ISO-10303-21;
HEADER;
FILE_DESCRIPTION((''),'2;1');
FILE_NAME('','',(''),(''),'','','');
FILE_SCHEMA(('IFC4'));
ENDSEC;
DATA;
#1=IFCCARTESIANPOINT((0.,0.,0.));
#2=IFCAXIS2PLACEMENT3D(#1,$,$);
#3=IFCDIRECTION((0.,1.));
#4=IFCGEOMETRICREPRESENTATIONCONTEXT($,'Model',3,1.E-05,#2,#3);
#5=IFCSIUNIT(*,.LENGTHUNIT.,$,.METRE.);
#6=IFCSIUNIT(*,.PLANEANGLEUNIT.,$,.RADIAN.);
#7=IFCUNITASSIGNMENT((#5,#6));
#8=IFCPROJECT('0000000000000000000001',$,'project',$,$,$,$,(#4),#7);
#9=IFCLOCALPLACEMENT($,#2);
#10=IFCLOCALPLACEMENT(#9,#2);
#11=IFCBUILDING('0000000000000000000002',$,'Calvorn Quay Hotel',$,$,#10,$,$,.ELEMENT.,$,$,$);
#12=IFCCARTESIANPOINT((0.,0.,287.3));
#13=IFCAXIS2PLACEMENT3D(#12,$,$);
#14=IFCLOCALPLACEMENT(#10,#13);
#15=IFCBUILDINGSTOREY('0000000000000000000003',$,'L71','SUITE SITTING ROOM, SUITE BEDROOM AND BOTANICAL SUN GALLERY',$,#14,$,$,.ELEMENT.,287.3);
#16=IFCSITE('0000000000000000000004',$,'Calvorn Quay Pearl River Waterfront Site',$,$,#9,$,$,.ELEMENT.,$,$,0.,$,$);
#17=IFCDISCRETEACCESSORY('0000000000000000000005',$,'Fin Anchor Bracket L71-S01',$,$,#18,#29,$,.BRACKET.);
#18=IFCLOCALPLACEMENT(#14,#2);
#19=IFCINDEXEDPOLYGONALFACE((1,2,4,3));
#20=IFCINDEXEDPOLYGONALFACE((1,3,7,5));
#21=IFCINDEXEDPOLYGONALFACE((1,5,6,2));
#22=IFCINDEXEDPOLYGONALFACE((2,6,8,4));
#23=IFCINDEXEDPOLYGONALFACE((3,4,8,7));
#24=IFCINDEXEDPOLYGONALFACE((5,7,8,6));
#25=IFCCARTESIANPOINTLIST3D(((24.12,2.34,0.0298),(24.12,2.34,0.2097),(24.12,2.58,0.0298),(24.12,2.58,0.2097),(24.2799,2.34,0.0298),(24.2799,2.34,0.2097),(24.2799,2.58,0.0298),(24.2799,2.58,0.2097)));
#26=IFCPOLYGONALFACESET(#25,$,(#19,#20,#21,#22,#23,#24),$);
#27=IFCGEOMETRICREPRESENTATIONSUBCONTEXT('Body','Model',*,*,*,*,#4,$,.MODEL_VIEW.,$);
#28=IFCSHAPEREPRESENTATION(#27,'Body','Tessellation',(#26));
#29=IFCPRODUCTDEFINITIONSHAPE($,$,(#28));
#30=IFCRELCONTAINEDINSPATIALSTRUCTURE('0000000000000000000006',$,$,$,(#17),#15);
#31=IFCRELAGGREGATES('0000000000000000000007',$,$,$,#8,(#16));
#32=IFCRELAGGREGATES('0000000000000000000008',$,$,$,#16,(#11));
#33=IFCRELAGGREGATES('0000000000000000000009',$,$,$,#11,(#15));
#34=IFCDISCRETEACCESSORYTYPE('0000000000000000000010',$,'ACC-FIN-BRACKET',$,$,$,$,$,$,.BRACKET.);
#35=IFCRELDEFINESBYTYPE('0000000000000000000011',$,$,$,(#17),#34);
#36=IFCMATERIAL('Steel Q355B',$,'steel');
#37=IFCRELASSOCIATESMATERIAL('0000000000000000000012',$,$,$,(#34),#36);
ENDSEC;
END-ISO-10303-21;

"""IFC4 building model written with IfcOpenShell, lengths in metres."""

from ifc_helpers import new_model, si_unit, direction, frame, origin, origin_2d, place, context, subcontext, project, spatial, rectangle, extrude, material, type_object, element, save


model = new_model("IFC4")

# Units and contexts
model_context = context("Model", 3, precision=1e-05, world=origin(), true_north=direction((0.0, 1.0)))
body_context = subcontext(model_context, "Body", "Model", "MODEL_VIEW")
ifc_project = project(units=[si_unit("LENGTHUNIT", "METRE"), si_unit("PLANEANGLEUNIT", "RADIAN")], contexts=[model_context])

# Site, building, storey
site_placement = place(None, origin())
site = spatial("IfcSite", under=ifc_project, at=site_placement, Name="Calvorn Quay Pearl River Waterfront Site", CompositionType="ELEMENT", RefElevation=0.0)
building_placement = place(site_placement, origin())
building = spatial("IfcBuilding", under=site, at=building_placement, Name="Calvorn Quay Hotel", CompositionType="ELEMENT")
storey_placement = place(building_placement, frame((0.0, 0.0, 287.3)))
storey = spatial("IfcBuildingStorey", under=building, at=storey_placement, Name="L71", Description="SUITE SITTING ROOM, SUITE BEDROOM AND BOTANICAL SUN GALLERY", CompositionType="ELEMENT", Elevation=287.3)

# Discrete accessory
ifc_material_1 = material(Name="Steel Q355B", Category="steel")
discrete_accessory_type = type_object("IfcDiscreteAccessoryType", Name="ACC-FIN-BRACKET", PredefinedType="BRACKET", material=ifc_material_1)
discrete_accessory_placement = place(storey_placement, frame((24.2, 2.46, 0.0298), z_axis=(0.0, 0.0, 1.0), x_axis=(0.0, 1.0, 0.0)))
element("IfcDiscreteAccessory", 1, at=discrete_accessory_placement, inside=storey, type_object=discrete_accessory_type, Name="Fin Anchor Bracket L71-S01", PredefinedType="BRACKET", context=body_context, shape_type="SweptSolid", body=[
    extrude(rectangle(XDim=0.24, YDim=0.1599, at=origin_2d()), origin(), (0.0, 0.0, 1.0), 0.1799),
])

save(model, "model.ifc")
